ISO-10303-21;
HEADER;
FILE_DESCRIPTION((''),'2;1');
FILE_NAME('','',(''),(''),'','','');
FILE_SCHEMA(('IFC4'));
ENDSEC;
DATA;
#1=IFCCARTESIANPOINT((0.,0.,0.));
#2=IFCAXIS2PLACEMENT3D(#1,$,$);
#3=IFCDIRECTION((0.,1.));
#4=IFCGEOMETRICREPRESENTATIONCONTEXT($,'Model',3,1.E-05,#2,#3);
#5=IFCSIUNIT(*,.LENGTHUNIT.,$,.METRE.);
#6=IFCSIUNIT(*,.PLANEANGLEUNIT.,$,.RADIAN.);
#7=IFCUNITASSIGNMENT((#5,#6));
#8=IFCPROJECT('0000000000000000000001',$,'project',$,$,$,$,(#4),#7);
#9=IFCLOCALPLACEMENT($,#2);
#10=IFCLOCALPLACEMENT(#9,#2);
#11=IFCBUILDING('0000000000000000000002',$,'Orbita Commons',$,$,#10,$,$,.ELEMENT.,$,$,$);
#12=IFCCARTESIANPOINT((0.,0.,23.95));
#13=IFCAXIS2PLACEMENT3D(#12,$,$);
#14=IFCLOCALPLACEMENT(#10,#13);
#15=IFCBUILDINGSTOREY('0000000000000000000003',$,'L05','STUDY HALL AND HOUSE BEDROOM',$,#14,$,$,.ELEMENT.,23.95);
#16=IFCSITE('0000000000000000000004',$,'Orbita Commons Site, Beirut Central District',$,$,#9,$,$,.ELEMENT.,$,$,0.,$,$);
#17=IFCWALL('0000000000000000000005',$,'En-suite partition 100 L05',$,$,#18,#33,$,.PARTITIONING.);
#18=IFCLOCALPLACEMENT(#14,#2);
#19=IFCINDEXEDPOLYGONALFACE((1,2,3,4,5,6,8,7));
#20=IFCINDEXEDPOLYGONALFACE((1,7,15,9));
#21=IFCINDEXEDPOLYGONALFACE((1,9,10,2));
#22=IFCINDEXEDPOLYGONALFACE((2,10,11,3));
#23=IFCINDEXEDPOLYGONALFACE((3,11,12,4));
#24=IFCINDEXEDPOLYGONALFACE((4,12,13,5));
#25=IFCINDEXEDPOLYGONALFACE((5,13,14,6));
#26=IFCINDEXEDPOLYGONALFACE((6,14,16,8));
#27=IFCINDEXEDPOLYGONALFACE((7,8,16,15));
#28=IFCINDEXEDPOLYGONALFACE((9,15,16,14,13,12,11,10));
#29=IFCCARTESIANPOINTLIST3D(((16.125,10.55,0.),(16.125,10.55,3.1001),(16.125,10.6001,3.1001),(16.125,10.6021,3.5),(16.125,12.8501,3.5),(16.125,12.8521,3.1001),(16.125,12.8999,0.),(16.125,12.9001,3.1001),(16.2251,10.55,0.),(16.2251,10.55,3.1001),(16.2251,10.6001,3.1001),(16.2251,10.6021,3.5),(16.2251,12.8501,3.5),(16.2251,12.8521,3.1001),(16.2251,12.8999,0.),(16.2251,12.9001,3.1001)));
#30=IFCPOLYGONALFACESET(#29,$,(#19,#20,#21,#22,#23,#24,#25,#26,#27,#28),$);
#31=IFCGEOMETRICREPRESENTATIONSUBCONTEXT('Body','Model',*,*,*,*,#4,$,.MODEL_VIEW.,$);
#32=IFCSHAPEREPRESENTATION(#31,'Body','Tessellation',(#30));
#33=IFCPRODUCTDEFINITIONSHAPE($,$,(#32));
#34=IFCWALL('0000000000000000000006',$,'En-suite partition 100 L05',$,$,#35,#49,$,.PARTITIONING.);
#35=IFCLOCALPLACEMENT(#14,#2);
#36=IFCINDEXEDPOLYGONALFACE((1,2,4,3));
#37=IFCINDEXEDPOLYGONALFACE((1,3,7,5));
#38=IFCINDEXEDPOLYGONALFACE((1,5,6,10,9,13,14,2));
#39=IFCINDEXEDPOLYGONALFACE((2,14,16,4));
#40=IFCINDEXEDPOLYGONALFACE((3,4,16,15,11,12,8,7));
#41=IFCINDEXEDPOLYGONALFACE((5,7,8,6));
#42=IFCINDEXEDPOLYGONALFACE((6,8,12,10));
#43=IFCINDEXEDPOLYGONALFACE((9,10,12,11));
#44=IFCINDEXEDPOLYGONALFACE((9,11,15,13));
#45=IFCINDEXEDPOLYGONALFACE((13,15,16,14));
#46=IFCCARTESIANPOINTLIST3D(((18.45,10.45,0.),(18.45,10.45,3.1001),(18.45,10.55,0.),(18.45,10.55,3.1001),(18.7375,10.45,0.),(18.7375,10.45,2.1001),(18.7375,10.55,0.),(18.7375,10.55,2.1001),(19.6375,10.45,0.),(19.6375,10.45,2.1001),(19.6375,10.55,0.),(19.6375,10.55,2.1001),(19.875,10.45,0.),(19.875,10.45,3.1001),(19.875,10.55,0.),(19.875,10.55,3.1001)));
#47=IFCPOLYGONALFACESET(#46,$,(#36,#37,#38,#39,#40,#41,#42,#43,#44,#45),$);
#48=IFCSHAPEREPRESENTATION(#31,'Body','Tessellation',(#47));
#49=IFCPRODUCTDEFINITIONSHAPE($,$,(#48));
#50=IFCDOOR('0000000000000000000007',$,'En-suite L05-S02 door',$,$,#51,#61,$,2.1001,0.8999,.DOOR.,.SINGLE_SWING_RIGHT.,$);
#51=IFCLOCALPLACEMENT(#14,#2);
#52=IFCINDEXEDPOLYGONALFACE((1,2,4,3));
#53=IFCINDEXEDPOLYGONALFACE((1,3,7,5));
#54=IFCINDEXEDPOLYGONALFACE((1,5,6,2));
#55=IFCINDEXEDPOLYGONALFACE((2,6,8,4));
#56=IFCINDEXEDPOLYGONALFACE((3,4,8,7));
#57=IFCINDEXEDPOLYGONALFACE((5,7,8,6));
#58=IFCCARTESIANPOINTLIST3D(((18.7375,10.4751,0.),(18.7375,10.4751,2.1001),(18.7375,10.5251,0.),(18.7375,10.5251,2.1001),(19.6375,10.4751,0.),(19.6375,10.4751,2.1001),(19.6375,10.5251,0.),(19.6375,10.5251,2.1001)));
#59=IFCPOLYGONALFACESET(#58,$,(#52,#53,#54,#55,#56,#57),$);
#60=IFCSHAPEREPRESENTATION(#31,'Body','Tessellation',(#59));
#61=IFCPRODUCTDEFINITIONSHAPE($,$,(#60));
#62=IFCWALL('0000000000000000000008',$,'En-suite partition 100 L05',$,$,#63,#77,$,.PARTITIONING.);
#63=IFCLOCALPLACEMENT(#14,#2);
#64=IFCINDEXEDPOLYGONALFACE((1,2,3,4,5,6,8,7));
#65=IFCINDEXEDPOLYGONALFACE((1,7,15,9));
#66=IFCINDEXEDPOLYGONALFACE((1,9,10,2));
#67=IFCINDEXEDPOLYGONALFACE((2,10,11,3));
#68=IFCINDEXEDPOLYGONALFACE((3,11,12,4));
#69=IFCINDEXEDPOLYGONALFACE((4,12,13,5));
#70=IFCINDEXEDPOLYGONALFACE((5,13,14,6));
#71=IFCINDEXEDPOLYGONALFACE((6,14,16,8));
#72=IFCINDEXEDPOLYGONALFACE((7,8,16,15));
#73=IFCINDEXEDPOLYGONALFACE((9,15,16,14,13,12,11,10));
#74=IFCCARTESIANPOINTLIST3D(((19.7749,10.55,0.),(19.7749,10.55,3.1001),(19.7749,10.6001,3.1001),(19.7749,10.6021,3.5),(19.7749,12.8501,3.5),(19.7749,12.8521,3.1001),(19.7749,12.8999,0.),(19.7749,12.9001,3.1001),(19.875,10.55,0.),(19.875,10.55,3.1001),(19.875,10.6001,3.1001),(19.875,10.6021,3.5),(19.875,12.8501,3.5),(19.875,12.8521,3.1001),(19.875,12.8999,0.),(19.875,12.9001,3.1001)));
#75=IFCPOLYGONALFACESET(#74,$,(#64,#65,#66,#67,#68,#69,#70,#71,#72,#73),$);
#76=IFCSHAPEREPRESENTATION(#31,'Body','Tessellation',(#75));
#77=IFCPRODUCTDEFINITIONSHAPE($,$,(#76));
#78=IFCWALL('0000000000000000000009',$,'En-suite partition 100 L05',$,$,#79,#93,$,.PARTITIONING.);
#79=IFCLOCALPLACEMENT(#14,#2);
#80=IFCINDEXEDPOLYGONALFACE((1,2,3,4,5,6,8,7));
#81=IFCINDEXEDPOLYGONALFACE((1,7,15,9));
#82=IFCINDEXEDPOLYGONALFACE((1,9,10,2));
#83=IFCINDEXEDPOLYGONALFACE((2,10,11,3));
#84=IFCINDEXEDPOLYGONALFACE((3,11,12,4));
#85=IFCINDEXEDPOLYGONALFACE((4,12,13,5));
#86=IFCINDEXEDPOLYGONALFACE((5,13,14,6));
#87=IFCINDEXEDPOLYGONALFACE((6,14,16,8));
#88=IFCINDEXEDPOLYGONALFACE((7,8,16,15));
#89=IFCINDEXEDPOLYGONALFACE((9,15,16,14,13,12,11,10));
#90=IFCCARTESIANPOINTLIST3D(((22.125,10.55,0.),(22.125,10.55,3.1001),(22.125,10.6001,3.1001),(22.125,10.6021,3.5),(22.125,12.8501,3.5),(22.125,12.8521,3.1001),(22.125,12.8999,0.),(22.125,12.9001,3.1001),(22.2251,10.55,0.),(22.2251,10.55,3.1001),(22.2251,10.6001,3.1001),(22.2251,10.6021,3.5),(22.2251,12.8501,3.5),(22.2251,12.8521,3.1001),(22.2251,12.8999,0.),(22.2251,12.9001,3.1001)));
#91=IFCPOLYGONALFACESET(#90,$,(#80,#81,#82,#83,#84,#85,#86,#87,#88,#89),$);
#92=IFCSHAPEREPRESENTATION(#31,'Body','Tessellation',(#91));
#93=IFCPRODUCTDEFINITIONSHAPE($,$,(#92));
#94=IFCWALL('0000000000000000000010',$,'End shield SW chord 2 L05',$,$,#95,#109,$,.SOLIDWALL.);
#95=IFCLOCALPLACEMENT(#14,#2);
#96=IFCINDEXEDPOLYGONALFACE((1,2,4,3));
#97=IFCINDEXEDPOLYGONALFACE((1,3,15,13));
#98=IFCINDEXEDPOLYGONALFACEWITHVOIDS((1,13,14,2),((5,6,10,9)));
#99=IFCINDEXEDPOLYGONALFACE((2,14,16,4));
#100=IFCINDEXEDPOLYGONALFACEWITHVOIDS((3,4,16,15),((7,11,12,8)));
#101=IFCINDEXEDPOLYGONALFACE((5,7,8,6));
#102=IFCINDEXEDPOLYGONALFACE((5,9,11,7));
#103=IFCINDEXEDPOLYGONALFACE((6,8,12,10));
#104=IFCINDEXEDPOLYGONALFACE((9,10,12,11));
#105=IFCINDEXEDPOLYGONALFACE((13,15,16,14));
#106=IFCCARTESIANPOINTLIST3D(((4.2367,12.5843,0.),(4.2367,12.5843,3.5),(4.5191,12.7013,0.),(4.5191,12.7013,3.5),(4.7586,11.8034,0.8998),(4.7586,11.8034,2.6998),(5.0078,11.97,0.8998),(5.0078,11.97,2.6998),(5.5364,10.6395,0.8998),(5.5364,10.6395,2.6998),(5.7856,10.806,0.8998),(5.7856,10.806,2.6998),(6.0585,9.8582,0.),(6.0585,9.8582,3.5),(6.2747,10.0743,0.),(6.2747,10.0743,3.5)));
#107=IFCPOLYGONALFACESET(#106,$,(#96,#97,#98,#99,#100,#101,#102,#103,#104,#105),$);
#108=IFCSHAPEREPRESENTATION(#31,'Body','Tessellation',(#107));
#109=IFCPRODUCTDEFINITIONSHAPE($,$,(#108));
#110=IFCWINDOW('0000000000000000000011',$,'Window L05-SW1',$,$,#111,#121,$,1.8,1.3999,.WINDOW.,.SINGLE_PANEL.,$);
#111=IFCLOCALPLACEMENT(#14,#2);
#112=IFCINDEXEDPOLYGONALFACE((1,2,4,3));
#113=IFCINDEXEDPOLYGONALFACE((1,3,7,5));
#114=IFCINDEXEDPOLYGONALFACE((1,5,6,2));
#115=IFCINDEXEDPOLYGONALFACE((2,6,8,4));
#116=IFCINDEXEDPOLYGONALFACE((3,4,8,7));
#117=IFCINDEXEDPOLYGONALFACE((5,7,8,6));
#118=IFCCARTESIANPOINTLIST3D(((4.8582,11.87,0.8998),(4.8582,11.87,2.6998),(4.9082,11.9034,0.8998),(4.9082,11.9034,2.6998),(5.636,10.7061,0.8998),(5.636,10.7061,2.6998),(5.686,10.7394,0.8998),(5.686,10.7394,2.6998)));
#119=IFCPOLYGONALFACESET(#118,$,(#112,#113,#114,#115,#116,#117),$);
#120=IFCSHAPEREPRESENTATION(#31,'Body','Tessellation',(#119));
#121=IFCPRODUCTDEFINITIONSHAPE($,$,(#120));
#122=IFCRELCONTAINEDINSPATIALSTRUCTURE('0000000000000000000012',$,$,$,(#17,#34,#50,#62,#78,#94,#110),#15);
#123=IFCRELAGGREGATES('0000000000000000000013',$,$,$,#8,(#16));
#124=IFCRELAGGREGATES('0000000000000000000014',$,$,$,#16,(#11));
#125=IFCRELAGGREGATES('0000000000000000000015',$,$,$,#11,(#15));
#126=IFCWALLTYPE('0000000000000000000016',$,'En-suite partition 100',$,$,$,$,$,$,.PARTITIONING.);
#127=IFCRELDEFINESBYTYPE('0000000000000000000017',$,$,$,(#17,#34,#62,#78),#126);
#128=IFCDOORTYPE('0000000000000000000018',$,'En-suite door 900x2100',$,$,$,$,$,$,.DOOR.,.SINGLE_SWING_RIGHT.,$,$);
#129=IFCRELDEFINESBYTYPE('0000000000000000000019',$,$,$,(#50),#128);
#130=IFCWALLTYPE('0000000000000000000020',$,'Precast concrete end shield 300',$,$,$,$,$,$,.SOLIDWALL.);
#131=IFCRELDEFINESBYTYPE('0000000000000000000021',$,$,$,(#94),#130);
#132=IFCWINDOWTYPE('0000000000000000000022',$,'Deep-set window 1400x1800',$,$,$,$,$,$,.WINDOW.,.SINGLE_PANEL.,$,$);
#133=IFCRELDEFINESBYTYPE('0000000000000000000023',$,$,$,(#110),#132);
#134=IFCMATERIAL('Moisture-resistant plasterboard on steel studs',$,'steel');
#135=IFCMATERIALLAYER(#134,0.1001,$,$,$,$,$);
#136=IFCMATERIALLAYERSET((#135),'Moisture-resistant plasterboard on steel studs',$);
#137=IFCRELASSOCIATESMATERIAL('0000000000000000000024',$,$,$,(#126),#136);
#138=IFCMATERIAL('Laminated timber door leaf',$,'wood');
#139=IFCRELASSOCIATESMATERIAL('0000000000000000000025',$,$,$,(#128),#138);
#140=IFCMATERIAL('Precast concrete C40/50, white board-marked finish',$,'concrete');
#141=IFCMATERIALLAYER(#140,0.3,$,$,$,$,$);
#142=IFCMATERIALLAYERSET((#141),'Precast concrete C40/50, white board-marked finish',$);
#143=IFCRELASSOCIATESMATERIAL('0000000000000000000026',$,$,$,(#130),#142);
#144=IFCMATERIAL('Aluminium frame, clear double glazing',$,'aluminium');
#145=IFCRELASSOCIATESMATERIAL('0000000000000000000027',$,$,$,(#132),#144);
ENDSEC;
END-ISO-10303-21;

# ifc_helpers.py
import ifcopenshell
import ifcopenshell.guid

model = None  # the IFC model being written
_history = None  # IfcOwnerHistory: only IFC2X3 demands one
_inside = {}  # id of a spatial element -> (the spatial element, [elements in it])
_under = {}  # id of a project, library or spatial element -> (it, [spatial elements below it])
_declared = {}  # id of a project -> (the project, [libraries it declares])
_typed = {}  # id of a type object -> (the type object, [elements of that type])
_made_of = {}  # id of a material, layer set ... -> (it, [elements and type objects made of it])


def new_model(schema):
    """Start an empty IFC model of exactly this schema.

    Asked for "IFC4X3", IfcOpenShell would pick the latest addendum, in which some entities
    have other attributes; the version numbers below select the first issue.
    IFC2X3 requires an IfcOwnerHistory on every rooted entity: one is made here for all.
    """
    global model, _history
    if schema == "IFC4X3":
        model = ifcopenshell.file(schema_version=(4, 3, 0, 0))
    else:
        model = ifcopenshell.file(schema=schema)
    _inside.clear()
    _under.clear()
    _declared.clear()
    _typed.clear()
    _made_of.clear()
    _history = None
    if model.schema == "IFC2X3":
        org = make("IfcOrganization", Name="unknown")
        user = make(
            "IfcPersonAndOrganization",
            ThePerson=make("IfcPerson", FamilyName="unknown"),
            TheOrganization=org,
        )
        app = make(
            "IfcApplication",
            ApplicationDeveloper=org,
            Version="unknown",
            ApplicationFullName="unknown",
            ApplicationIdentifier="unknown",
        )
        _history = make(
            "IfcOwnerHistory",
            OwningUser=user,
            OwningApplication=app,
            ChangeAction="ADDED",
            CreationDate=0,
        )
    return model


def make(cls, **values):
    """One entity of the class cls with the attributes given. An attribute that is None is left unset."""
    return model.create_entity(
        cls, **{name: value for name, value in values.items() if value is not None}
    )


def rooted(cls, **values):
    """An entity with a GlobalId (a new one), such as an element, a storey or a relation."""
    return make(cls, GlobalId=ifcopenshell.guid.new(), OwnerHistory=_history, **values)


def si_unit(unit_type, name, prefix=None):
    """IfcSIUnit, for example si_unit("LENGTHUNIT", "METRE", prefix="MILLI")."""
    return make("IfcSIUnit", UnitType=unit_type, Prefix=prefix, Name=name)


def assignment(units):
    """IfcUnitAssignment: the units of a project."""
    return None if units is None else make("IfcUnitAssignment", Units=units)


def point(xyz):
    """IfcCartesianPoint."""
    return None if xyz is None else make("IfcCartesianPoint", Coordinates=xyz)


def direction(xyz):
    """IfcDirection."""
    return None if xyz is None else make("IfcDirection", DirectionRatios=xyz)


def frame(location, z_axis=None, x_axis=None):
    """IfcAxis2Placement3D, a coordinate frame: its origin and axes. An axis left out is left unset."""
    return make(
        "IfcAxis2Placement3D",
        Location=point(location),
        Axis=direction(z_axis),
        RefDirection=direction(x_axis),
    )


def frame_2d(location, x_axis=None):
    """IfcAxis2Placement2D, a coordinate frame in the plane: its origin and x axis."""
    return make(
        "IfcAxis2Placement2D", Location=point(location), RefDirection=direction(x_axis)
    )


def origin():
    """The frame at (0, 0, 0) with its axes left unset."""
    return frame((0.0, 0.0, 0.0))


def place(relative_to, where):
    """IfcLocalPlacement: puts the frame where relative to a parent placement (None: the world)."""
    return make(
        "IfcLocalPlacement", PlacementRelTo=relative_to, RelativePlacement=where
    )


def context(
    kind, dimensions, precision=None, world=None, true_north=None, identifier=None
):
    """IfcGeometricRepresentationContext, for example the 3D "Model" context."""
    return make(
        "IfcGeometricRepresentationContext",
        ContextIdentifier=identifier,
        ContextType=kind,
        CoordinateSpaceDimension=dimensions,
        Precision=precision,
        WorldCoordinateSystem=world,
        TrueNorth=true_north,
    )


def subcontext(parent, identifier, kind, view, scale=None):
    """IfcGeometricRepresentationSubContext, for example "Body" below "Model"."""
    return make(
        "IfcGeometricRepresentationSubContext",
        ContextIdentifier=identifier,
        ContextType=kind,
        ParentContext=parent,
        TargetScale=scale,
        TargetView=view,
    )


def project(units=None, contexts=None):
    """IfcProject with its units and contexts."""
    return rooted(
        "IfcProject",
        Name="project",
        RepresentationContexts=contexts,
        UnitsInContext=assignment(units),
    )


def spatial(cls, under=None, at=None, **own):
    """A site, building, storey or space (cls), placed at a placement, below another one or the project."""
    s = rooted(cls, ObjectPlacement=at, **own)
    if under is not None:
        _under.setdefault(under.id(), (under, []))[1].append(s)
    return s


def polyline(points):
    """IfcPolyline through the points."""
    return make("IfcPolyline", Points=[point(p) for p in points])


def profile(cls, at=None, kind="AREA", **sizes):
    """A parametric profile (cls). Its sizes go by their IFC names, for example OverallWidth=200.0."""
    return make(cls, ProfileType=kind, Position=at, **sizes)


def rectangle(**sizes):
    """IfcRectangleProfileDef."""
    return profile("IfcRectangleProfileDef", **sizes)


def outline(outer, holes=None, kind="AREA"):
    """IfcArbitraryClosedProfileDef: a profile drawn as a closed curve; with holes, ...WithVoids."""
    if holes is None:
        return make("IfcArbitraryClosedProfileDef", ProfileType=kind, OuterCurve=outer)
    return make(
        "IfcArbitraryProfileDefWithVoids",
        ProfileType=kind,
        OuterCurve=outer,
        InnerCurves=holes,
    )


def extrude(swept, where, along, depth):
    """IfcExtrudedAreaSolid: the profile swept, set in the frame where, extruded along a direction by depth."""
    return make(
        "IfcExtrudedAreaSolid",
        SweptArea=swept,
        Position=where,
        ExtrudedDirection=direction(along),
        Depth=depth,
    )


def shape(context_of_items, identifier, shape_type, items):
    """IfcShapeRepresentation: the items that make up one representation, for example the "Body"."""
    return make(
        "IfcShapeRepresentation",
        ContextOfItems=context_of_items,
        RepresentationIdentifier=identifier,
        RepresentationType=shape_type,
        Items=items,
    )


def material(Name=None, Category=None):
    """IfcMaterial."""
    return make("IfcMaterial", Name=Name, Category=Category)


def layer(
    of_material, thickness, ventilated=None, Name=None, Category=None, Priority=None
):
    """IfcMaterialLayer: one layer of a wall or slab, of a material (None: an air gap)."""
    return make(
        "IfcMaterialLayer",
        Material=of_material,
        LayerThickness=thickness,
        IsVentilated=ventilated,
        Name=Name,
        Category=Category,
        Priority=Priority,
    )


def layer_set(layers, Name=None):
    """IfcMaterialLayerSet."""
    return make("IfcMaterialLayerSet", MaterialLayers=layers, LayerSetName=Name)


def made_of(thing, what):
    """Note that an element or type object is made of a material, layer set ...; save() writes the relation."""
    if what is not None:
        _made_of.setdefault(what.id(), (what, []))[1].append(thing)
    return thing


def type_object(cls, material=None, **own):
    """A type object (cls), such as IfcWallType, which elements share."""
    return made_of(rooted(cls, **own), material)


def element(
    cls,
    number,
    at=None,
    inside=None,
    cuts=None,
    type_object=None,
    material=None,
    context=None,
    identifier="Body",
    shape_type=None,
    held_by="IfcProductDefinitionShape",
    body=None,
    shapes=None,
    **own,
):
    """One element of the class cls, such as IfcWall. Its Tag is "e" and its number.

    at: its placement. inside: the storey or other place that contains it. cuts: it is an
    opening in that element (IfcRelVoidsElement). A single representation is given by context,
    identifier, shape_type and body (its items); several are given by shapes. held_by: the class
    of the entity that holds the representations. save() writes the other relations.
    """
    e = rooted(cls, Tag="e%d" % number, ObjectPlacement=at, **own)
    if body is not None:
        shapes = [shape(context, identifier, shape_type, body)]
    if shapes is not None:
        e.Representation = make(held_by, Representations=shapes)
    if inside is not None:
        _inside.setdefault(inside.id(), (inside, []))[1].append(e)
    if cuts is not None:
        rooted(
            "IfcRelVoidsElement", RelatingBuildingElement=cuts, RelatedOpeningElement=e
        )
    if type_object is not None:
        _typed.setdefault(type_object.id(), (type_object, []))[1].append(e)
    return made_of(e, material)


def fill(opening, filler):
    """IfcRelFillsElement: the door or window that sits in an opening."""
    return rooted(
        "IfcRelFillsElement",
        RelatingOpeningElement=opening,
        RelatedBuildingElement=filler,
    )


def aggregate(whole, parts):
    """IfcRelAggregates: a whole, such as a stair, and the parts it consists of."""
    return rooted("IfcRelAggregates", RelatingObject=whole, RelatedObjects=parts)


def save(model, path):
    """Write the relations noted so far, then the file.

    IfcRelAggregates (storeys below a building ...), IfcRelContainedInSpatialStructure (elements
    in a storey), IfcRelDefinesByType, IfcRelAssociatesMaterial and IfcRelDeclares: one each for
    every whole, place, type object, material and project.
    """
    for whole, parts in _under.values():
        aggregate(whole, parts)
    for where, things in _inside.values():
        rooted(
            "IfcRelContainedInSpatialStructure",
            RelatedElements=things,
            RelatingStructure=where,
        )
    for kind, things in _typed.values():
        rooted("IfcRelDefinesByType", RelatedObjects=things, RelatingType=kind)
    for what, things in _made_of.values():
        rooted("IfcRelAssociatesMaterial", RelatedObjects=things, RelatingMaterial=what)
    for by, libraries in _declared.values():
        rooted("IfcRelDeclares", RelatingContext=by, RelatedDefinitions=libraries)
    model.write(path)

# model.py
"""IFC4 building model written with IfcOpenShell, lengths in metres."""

from ifc_helpers import new_model, si_unit, direction, frame, frame_2d, origin, place, context, subcontext, project, spatial, polyline, rectangle, outline, extrude, material, layer, layer_set, type_object, element, fill, save


model = new_model("IFC4")

# Units and contexts
model_context = context("Model", 3, precision=1e-05, world=origin(), true_north=direction((0.0, 1.0)))
body_context = subcontext(model_context, "Body", "Model", "MODEL_VIEW")
ifc_project = project(units=[si_unit("LENGTHUNIT", "METRE"), si_unit("PLANEANGLEUNIT", "RADIAN")], contexts=[model_context])

# Site, building, storey
site_placement = place(None, origin())
site = spatial("IfcSite", under=ifc_project, at=site_placement, Name="Orbita Commons Site, Beirut Central District", CompositionType="ELEMENT", RefElevation=0.0)
building_placement = place(site_placement, origin())
building = spatial("IfcBuilding", under=site, at=building_placement, Name="Orbita Commons", CompositionType="ELEMENT")
storey_placement = place(building_placement, frame((0.0, 0.0, 23.95)))
storey = spatial("IfcBuildingStorey", under=building, at=storey_placement, Name="L05", Description="STUDY HALL AND HOUSE BEDROOM", CompositionType="ELEMENT", Elevation=23.95)

# Shared definitions
ifc_material_1 = material(Name="Moisture-resistant plasterboard on steel studs", Category="steel")
ifc_layer_1 = layer(ifc_material_1, 0.1001)
ifc_layer_set_1 = layer_set([ifc_layer_1], Name="Moisture-resistant plasterboard on steel studs")
wall_type_1 = type_object("IfcWallType", Name="En-suite partition 100", PredefinedType="PARTITIONING", material=ifc_layer_set_1)
ifc_material_2 = material(Name="Laminated timber door leaf", Category="wood")
door_type_1 = type_object("IfcDoorType", Name="En-suite door 900x2100", OperationType="SINGLE_SWING_RIGHT", PredefinedType="DOOR", material=ifc_material_2)

# Wall
wall_1_placement = place(storey_placement, frame((16.175, 10.55, 0.0), z_axis=(0.0, 0.0, 1.0), x_axis=(0.0, 1.0, 0.0)))
element("IfcWall", 1, at=wall_1_placement, inside=storey, type_object=wall_type_1, Name="En-suite partition 100 L05", PredefinedType="PARTITIONING", context=body_context, shape_type="SweptSolid", body=[
    extrude(outline(polyline([(0.0, 0.0), (2.3499, 0.0), (2.3501, 3.1001), (2.302, 3.1001), (2.3, 3.5), (0.052, 3.5), (0.05, 3.1001), (0.0, 3.1001), (0.0, 0.0)])), frame((0.0, 0.05, 0.0), z_axis=(0.0, -1.0, 0.0), x_axis=(1.0, 0.0, 0.0)), (0.0, 0.0, 1.0), 0.1001),
])

# Wall, opening, door
wall_2_placement = place(storey_placement, frame((19.875, 10.5, 0.0), z_axis=(0.0, 0.0, 1.0), x_axis=(-1.0, 0.0, 0.0)))
wall_2 = element("IfcWall", 2, at=wall_2_placement, inside=storey, type_object=wall_type_1, Name="En-suite partition 100 L05", PredefinedType="PARTITIONING", context=body_context, shape_type="SweptSolid", body=[
    extrude(outline(polyline([(0.0, 0.0), (1.425, 0.0), (1.425, 3.1001), (0.0, 3.1001), (0.0, 0.0)])), frame((0.0, 0.05, 0.0), z_axis=(0.0, -1.0, 0.0), x_axis=(1.0, 0.0, 0.0)), (0.0, 0.0, 1.0), 0.1001),
])
opening_1_placement = place(wall_2_placement, frame((0.2375, 0.0, 0.0)))
opening_1 = element("IfcOpeningElement", 3, at=opening_1_placement, cuts=wall_2, PredefinedType="OPENING", context=body_context, shape_type="SweptSolid", body=[
    extrude(rectangle(XDim=0.8999, YDim=2.1001, at=frame_2d((0.45, 1.05))), frame((0.0, 0.0601, 0.0), z_axis=(0.0, -1.0, 0.0), x_axis=(1.0, 0.0, 0.0)), (0.0, 0.0, 1.0), 0.1201),
])
door_1_placement = place(opening_1_placement, origin())
door_1 = element("IfcDoor", 4, at=door_1_placement, inside=storey, type_object=door_type_1, Name="En-suite L05-S02 door", OperationType="SINGLE_SWING_RIGHT", OverallHeight=2.1001, OverallWidth=0.8999, PredefinedType="DOOR", context=body_context, shape_type="SweptSolid", body=[
    extrude(rectangle(XDim=0.8999, YDim=2.1001, at=frame_2d((0.45, 1.05))), frame((0.0, 0.0249, 0.0), z_axis=(0.0, -1.0, 0.0), x_axis=(1.0, 0.0, 0.0)), (0.0, 0.0, 1.0), 0.05),
])
fill(opening_1, door_1)

# Walls
for number, where, z_axis, x_axis, name in (
    (5, (19.825, 10.55, 0.0), (0.0, 0.0, 1.0), (0.0, 1.0, 0.0), "En-suite partition 100 L05"),
    (6, (22.175, 10.55, 0.0), (0.0, 0.0, 1.0), (0.0, 1.0, 0.0), "En-suite partition 100 L05"),
):
    element("IfcWall", number, at=place(storey_placement, frame(where, z_axis=z_axis, x_axis=x_axis)), inside=storey, type_object=wall_type_1, Name=name, PredefinedType="PARTITIONING", context=body_context, shape_type="SweptSolid", body=[
        extrude(outline(polyline([(0.0, 0.0), (2.3499, 0.0), (2.3501, 3.1001), (2.302, 3.1001), (2.3, 3.5), (0.052, 3.5), (0.05, 3.1001), (0.0, 3.1001), (0.0, 0.0)])), frame((0.0, 0.05, 0.0), z_axis=(0.0, -1.0, 0.0), x_axis=(1.0, 0.0, 0.0)), (0.0, 0.0, 1.0), 0.1001),
    ])

# Wall, opening, window
ifc_material_3 = material(Name="Precast concrete C40/50, white board-marked finish", Category="concrete")
ifc_layer_2 = layer(ifc_material_3, 0.3)
ifc_layer_set_2 = layer_set([ifc_layer_2], Name="Precast concrete C40/50, white board-marked finish")
wall_type_2 = type_object("IfcWallType", Name="Precast concrete end shield 300", PredefinedType="SOLIDWALL", material=ifc_layer_set_2)
wall_3_placement = place(storey_placement, frame((4.3779, 12.6428, 0.0), z_axis=(0.0, 0.0, 1.0), x_axis=(0.55561, -0.831443, 0.0)))
wall_3 = element("IfcWall", 7, at=wall_3_placement, inside=storey, type_object=wall_type_2, Name="End shield SW chord 2 L05", PredefinedType="SOLIDWALL", context=body_context, shape_type="SweptSolid", body=[
    extrude(outline(polyline([(-0.0298, -0.1499), (3.249, -0.1499), (3.1895, 0.1499), (0.0298, 0.1499), (-0.0298, -0.1499)])), origin(), (0.0, 0.0, 1.0), 3.5),
])
opening_2_placement = place(wall_3_placement, frame((0.9094, 0.0, 0.8999)))
opening_2 = element("IfcOpeningElement", 8, at=opening_2_placement, cuts=wall_3, PredefinedType="OPENING", context=body_context, shape_type="SweptSolid", body=[
    extrude(rectangle(XDim=1.3999, YDim=1.8, at=frame_2d((0.7, 0.8999))), frame((0.0, 0.1599, 0.0), z_axis=(0.0, -1.0, 0.0), x_axis=(1.0, 0.0, 0.0)), (0.0, 0.0, 1.0), 0.3201),
])
ifc_material_4 = material(Name="Aluminium frame, clear double glazing", Category="aluminium")
window_type = type_object("IfcWindowType", Name="Deep-set window 1400x1800", PartitioningType="SINGLE_PANEL", PredefinedType="WINDOW", material=ifc_material_4)
window_placement = place(opening_2_placement, origin())
window = element("IfcWindow", 9, at=window_placement, inside=storey, type_object=window_type, Name="Window L05-SW1", OverallHeight=1.8, OverallWidth=1.3999, PartitioningType="SINGLE_PANEL", PredefinedType="WINDOW", context=body_context, shape_type="SweptSolid", body=[
    extrude(rectangle(XDim=1.3999, YDim=1.8, at=frame_2d((0.7, 0.8999))), frame((0.0, 0.03, 0.0), z_axis=(0.0, -1.0, 0.0), x_axis=(1.0, 0.0, 0.0)), (0.0, 0.0, 1.0), 0.0601),
])
fill(opening_2, window)

save(model, "model.ifc")
